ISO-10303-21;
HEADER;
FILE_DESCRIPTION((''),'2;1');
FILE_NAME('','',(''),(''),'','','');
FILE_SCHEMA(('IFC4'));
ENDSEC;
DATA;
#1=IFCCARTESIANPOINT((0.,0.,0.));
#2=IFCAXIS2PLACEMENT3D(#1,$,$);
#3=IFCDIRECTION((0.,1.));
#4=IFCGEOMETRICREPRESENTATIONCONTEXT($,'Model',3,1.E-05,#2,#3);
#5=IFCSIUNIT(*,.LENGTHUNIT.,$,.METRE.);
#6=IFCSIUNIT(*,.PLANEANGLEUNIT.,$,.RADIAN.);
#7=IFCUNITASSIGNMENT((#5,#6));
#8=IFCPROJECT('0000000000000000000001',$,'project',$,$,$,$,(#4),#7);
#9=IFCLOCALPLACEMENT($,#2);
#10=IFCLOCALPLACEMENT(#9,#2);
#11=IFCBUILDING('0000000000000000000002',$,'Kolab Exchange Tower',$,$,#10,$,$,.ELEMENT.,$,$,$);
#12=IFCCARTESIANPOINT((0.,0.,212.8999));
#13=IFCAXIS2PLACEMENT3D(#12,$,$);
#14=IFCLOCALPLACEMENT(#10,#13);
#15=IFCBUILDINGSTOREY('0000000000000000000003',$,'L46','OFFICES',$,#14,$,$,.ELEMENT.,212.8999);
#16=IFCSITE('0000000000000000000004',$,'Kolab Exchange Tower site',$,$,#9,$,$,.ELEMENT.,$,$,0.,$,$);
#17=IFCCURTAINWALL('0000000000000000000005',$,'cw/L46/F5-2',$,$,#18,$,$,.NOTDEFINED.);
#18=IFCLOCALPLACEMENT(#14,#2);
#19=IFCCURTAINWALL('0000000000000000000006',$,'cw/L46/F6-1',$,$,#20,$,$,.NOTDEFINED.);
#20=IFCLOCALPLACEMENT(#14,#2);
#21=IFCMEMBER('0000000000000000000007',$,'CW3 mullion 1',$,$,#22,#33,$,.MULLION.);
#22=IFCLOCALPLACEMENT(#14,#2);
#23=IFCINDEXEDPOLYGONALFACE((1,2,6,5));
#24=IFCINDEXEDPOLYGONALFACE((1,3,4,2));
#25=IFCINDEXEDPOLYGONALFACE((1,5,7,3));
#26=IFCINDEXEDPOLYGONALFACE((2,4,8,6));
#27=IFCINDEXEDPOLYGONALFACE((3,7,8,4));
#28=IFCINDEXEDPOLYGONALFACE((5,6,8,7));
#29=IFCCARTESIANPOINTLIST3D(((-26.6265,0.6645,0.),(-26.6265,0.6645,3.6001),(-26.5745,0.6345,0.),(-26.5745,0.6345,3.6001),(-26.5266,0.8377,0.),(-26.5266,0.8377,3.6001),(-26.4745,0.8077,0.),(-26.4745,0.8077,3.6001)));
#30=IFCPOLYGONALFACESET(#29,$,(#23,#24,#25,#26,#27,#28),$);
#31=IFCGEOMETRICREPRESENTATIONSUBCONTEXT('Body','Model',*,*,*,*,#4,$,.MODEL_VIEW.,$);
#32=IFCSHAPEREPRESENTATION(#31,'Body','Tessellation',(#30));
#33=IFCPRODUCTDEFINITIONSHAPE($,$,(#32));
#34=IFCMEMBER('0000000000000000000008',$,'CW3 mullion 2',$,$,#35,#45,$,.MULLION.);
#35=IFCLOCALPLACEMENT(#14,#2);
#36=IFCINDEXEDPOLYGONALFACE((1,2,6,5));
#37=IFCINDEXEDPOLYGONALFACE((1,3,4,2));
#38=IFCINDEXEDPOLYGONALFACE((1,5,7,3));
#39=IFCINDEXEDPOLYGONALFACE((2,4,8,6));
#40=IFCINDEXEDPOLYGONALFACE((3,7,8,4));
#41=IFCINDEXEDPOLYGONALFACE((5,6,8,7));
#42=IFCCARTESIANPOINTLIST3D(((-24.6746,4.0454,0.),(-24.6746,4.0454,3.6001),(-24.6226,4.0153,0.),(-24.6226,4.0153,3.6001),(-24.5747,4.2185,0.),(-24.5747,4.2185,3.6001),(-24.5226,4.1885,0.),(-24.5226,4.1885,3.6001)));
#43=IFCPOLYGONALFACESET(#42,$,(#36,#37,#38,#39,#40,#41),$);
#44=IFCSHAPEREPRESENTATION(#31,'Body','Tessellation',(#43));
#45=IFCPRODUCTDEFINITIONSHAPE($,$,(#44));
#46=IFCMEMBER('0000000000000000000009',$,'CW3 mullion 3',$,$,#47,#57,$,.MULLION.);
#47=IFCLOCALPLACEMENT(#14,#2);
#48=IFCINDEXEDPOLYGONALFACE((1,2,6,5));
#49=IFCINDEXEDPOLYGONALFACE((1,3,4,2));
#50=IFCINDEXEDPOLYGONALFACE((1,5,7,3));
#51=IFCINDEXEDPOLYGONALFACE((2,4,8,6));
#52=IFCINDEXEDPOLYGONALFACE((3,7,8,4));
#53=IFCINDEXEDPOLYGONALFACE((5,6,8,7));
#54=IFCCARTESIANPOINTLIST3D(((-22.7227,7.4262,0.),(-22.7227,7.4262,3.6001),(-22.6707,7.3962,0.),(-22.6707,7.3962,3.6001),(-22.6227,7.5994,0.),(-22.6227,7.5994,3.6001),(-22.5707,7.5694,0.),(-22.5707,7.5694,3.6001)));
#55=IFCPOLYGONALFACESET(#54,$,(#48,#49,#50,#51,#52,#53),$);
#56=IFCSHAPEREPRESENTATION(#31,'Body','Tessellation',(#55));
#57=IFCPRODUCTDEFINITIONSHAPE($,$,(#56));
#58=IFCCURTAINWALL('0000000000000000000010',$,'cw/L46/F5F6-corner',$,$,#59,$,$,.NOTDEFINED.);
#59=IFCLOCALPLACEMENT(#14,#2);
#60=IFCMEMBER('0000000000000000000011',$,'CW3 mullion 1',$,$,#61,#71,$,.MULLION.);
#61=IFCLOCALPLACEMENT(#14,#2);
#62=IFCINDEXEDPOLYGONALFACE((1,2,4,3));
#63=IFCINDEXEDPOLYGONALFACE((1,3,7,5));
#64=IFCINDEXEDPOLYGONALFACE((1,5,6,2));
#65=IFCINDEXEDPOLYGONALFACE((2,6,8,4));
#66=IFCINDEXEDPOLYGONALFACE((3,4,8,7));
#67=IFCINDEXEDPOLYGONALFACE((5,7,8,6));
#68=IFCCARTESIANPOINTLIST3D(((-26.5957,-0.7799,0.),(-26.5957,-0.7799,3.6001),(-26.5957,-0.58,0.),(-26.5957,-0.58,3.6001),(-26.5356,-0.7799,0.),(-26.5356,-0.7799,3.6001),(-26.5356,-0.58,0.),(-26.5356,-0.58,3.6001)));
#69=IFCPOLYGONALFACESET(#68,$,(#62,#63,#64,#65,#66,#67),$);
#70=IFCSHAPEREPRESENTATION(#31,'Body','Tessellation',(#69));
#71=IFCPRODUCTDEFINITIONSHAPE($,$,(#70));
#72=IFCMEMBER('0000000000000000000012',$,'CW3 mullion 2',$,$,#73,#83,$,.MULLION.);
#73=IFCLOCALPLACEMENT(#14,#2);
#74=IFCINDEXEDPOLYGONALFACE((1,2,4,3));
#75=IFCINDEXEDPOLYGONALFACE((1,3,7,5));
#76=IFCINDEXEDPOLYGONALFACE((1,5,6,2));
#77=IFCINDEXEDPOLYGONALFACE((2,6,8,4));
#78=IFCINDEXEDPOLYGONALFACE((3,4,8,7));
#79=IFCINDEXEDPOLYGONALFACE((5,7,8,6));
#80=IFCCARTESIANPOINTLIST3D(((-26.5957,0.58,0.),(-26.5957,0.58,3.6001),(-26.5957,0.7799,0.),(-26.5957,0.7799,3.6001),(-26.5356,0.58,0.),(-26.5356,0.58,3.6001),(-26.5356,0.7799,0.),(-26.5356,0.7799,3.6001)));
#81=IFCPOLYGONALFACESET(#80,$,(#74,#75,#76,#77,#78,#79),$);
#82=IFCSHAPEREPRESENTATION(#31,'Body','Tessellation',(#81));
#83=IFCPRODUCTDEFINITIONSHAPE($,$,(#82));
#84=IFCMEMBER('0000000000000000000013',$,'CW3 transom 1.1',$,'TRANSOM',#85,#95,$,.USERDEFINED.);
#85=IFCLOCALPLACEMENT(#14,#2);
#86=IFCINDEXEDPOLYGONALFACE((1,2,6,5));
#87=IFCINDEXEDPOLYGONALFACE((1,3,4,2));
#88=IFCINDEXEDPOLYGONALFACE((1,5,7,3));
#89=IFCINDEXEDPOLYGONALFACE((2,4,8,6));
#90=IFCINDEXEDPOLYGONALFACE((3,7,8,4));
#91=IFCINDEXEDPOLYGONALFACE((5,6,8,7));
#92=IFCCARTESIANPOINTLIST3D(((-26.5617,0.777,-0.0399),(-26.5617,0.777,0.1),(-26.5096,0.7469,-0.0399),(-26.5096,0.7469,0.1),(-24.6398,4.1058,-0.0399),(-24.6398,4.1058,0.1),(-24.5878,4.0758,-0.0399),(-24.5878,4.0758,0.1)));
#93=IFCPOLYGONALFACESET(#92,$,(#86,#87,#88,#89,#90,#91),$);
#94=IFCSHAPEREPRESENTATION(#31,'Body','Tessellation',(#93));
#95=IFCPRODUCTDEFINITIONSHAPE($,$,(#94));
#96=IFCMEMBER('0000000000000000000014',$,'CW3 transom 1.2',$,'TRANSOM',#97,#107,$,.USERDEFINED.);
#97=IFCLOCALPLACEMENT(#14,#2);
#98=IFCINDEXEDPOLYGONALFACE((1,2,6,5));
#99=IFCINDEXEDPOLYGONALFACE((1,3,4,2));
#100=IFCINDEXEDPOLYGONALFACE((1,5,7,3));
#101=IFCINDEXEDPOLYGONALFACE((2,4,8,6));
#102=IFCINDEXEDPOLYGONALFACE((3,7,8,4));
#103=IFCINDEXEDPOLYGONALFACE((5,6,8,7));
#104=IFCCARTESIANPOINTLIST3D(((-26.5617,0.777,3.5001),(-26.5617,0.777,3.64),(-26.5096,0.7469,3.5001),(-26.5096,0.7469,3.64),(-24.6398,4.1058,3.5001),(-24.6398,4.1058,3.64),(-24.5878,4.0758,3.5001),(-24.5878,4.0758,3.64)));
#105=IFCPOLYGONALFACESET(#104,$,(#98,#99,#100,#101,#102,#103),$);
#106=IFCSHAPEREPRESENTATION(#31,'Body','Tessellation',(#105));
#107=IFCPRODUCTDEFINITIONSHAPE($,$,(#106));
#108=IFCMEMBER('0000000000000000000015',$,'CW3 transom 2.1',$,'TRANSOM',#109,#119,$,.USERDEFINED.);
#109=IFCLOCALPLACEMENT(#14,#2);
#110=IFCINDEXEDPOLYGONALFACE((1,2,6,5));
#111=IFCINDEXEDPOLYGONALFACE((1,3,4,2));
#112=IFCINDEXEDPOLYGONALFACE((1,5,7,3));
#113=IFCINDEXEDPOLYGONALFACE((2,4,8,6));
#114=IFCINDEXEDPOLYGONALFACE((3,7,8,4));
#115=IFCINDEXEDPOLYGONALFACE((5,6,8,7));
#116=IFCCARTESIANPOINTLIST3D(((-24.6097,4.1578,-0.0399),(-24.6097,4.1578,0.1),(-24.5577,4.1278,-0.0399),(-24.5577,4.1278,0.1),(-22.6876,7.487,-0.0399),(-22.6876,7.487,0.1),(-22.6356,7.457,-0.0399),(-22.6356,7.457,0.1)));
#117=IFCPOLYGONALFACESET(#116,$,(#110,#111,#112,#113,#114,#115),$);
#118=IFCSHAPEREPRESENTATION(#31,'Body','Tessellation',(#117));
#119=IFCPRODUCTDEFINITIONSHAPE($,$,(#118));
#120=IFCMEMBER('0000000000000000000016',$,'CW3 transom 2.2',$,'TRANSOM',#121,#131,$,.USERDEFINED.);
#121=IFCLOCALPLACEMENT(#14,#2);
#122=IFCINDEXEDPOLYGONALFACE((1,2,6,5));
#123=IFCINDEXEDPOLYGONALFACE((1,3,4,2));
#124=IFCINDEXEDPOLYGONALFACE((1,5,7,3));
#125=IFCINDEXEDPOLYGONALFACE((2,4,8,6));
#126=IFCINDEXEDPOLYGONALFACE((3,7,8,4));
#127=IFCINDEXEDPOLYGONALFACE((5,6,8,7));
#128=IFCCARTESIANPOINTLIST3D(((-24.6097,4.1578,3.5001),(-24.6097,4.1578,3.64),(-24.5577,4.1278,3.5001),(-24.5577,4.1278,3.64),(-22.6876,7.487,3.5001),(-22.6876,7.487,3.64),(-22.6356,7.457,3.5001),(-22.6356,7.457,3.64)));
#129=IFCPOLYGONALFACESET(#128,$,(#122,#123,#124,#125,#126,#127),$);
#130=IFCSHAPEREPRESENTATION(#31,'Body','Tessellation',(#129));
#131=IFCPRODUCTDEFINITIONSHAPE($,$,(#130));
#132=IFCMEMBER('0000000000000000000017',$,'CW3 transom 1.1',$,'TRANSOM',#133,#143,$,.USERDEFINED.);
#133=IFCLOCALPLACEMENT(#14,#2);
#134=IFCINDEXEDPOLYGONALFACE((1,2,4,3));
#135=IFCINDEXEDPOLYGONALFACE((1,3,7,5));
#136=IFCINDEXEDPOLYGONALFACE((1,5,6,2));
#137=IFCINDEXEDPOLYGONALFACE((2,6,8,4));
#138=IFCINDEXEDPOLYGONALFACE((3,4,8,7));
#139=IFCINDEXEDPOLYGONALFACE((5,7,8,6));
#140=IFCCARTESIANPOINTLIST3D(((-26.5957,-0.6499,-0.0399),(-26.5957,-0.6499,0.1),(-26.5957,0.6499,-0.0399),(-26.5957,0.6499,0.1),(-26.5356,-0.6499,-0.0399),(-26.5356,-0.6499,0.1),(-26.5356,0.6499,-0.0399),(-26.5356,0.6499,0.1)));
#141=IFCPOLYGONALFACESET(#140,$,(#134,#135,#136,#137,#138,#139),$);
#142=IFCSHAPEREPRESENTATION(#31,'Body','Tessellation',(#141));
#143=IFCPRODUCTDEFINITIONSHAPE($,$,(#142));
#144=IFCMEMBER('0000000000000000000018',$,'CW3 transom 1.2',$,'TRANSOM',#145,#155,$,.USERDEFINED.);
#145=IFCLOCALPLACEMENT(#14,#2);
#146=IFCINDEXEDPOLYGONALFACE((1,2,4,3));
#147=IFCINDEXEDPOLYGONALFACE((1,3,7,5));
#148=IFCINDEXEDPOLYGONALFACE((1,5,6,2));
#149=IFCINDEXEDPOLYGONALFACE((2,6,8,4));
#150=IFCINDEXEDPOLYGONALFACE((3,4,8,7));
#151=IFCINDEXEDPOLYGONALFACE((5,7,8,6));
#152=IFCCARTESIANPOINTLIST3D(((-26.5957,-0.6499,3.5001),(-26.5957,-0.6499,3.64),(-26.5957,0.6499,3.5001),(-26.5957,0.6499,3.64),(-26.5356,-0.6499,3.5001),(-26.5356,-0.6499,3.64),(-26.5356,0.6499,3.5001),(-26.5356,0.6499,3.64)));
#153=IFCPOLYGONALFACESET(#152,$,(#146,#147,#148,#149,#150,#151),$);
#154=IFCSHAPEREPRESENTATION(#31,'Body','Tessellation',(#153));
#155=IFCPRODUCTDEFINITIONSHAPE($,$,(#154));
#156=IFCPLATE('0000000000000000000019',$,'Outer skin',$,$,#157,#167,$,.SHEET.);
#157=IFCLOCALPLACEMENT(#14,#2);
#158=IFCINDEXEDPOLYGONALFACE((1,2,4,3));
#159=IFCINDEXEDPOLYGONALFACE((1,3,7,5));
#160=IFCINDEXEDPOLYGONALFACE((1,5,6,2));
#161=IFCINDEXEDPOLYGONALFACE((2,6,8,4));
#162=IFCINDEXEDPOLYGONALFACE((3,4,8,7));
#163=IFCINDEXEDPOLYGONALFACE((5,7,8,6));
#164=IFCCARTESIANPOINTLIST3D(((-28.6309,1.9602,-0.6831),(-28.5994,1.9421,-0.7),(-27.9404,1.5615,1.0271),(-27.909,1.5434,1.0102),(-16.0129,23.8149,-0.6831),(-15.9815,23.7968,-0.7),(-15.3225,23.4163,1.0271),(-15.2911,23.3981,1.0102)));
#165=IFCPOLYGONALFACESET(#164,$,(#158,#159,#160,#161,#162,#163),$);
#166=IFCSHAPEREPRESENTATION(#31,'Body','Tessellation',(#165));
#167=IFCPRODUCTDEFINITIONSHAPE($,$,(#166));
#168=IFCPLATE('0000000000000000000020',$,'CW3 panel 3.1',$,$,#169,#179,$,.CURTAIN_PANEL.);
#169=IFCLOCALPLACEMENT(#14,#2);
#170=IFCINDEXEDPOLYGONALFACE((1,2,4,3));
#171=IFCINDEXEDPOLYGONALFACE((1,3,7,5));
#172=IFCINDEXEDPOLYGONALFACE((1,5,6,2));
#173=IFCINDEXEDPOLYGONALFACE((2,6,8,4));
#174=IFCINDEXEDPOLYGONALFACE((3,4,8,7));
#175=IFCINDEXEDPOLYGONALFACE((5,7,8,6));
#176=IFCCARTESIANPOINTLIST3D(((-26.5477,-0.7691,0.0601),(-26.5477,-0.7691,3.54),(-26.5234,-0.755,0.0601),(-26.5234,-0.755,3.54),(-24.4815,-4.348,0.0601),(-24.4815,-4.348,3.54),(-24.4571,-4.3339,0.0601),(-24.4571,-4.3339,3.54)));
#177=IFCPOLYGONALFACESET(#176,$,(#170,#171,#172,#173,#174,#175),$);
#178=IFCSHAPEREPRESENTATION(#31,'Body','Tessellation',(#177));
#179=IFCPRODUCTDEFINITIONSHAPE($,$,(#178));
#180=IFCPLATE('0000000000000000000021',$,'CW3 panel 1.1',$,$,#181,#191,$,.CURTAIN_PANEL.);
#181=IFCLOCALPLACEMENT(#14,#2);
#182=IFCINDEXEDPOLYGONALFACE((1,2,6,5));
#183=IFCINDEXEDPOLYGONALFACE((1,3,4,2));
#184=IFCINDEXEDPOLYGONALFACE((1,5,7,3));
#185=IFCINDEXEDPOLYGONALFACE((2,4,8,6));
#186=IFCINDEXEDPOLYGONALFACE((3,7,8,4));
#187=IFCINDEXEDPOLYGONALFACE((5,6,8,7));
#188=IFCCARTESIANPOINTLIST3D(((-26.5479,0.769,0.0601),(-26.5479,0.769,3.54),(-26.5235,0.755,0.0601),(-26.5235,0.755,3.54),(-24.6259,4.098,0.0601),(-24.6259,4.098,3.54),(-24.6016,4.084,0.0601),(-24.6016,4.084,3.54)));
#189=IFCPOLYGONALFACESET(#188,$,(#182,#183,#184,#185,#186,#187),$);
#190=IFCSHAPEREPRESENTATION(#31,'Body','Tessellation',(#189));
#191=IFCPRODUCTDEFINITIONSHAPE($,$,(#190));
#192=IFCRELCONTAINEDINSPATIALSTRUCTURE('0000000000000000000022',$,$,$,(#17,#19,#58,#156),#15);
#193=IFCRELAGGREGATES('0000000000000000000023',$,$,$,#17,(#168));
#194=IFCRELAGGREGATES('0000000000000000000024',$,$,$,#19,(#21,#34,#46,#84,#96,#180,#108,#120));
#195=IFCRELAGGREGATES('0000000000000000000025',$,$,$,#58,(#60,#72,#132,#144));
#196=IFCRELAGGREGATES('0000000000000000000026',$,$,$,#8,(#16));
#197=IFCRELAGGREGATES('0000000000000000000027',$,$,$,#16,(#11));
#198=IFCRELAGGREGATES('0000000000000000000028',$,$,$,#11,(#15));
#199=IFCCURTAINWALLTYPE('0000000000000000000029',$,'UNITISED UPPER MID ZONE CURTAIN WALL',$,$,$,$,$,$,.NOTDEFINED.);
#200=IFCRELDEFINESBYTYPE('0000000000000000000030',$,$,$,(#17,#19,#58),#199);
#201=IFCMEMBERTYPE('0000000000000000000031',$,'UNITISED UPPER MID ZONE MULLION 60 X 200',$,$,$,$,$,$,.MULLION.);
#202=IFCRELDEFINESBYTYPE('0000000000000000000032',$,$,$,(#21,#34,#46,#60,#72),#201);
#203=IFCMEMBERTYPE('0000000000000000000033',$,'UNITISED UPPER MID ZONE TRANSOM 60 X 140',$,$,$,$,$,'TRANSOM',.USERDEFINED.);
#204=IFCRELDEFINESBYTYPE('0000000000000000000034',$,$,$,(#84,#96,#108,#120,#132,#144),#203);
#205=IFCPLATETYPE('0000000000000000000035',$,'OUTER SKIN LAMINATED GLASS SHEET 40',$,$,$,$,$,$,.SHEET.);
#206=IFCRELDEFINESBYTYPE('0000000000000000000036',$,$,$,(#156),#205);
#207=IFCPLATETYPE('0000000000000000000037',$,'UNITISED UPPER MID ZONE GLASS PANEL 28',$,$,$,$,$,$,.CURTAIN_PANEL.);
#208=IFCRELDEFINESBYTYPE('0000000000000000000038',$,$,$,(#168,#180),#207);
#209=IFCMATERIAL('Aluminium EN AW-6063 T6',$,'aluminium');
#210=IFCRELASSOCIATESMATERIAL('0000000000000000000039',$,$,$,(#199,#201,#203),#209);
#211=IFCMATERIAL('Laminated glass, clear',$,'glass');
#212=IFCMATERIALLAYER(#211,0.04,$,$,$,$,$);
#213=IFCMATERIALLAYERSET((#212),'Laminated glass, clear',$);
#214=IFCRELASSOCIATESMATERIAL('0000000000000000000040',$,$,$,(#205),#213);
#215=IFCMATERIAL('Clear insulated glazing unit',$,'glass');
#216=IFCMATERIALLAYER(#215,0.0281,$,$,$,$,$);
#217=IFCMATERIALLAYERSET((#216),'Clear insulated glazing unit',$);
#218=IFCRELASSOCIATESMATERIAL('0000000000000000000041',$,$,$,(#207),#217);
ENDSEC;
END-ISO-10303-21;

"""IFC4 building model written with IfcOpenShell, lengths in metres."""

from ifc_helpers import new_model, si_unit, direction, frame, origin, origin_2d, place, context, subcontext, project, spatial, polyline, rectangle, outline, extrude, material, layer, layer_set, material_profile, profile_set, type_object, element, aggregate, save


model = new_model("IFC4")

# Units and contexts
model_context = context("Model", 3, precision=1e-05, world=origin(), true_north=direction((0.0, 1.0)))
body_context = subcontext(model_context, "Body", "Model", "MODEL_VIEW")
ifc_project = project(units=[si_unit("LENGTHUNIT", "METRE"), si_unit("PLANEANGLEUNIT", "RADIAN")], contexts=[model_context])

# Site, building, storey
site_placement = place(None, origin())
site = spatial("IfcSite", under=ifc_project, at=site_placement, Name="Kolab Exchange Tower site", CompositionType="ELEMENT", RefElevation=0.0)
building_placement = place(site_placement, origin())
building = spatial("IfcBuilding", under=site, at=building_placement, Name="Kolab Exchange Tower", CompositionType="ELEMENT")
storey_placement = place(building_placement, frame((0.0, 0.0, 212.8999)))
storey = spatial("IfcBuildingStorey", under=building, at=storey_placement, Name="L46", Description="OFFICES", CompositionType="ELEMENT", Elevation=212.8999)

# Curtain wall
ifc_material_1 = material(Name="Aluminium EN AW-6063 T6", Category="aluminium")
curtain_wall_type = type_object("IfcCurtainWallType", Name="UNITISED UPPER MID ZONE CURTAIN WALL", PredefinedType="NOTDEFINED", material=ifc_material_1)
curtain_wall_1_placement = place(storey_placement, origin())
curtain_wall_1 = element("IfcCurtainWall", 1, at=curtain_wall_1_placement, inside=storey, type_object=curtain_wall_type, Name="cw/L46/F5-2", PredefinedType="NOTDEFINED")
ifc_material_profile_1 = material_profile(ifc_material_1, rectangle(XDim=0.0601, YDim=0.2, at=origin_2d()), Name="RECT 60X200")
ifc_profile_set_1 = profile_set([ifc_material_profile_1], Name="Aluminium EN AW-6063 T6")
member_type_1 = type_object("IfcMemberType", Name="UNITISED UPPER MID ZONE MULLION 60 X 200", PredefinedType="MULLION", material=ifc_profile_set_1)

# Curtain walls, members
curtain_wall_2_placement = place(storey_placement, origin())
curtain_wall_2 = element("IfcCurtainWall", 2, at=curtain_wall_2_placement, inside=storey, type_object=curtain_wall_type, Name="cw/L46/F6-1", PredefinedType="NOTDEFINED")
member_1_placement = place(storey_placement, frame((-26.5505, 0.7361, 0.0), z_axis=(0.0, 0.0, 1.0), x_axis=(-0.866025, 0.5, 0.0)))
member_1 = element("IfcMember", 3, at=member_1_placement, type_object=member_type_1, Name="CW3 mullion 1", PredefinedType="MULLION", context=body_context, shape_type="SweptSolid", body=[
    extrude(rectangle(XDim=0.0601, YDim=0.2, at=origin_2d()), origin(), (0.0, 0.0, 1.0), 3.6001),
])
member_2_placement = place(storey_placement, frame((-24.5986, 4.1169, 0.0), z_axis=(0.0, 0.0, 1.0), x_axis=(-0.866025, 0.5, 0.0)))
member_2 = element("IfcMember", 4, at=member_2_placement, type_object=member_type_1, Name="CW3 mullion 2", PredefinedType="MULLION", context=body_context, shape_type="SweptSolid", body=[
    extrude(rectangle(XDim=0.0601, YDim=0.2, at=origin_2d()), origin(), (0.0, 0.0, 1.0), 3.6001),
])
member_3_placement = place(storey_placement, frame((-22.6467, 7.4978, 0.0), z_axis=(0.0, 0.0, 1.0), x_axis=(-0.866025, 0.5, 0.0)))
member_3 = element("IfcMember", 5, at=member_3_placement, type_object=member_type_1, Name="CW3 mullion 3", PredefinedType="MULLION", context=body_context, shape_type="SweptSolid", body=[
    extrude(rectangle(XDim=0.0601, YDim=0.2, at=origin_2d()), origin(), (0.0, 0.0, 1.0), 3.6001),
])
curtain_wall_3_placement = place(storey_placement, origin())
curtain_wall_3 = element("IfcCurtainWall", 6, at=curtain_wall_3_placement, inside=storey, type_object=curtain_wall_type, Name="cw/L46/F5F6-corner", PredefinedType="NOTDEFINED")
member_4_placement = place(storey_placement, frame((-26.5657, -0.6799, 0.0), z_axis=(0.0, 0.0, 1.0), x_axis=(-1.0, 0.0, 0.0)))
member_4 = element("IfcMember", 7, at=member_4_placement, type_object=member_type_1, Name="CW3 mullion 1", PredefinedType="MULLION", context=body_context, shape_type="SweptSolid", body=[
    extrude(rectangle(XDim=0.0601, YDim=0.2, at=origin_2d()), origin(), (0.0, 0.0, 1.0), 3.6001),
])
member_5_placement = place(storey_placement, frame((-26.5657, 0.6799, 0.0), z_axis=(0.0, 0.0, 1.0), x_axis=(-1.0, 0.0, 0.0)))
member_5 = element("IfcMember", 8, at=member_5_placement, type_object=member_type_1, Name="CW3 mullion 2", PredefinedType="MULLION", context=body_context, shape_type="SweptSolid", body=[
    extrude(rectangle(XDim=0.0601, YDim=0.2, at=origin_2d()), origin(), (0.0, 0.0, 1.0), 3.6001),
])

# Members
ifc_material_profile_2 = material_profile(ifc_material_1, rectangle(XDim=0.0601, YDim=0.1399, at=origin_2d()), Name="RECT 60X140")
ifc_profile_set_2 = profile_set([ifc_material_profile_2], Name="Aluminium EN AW-6063 T6")
member_type_2 = type_object("IfcMemberType", Name="UNITISED UPPER MID ZONE TRANSOM 60 X 140", ElementType="TRANSOM", PredefinedType="USERDEFINED", material=ifc_profile_set_2)
member_6_placement = place(storey_placement, frame((-26.5356, 0.762, 0.03), z_axis=(0.499992, 0.86603, 0.0), x_axis=(-0.86603, 0.499992, 0.0)))
member_6 = element("IfcMember", 9, at=member_6_placement, type_object=member_type_2, Name="CW3 transom 1.1", ObjectType="TRANSOM", PredefinedType="USERDEFINED", context=body_context, shape_type="SweptSolid", body=[
    extrude(rectangle(XDim=0.0601, YDim=0.1399, at=origin_2d()), origin(), (0.0, 0.0, 1.0), 3.8438),
])
member_7_placement = place(storey_placement, frame((-26.5356, 0.762, 3.5701), z_axis=(0.499992, 0.86603, 0.0), x_axis=(-0.86603, 0.499992, 0.0)))
member_7 = element("IfcMember", 10, at=member_7_placement, type_object=member_type_2, Name="CW3 transom 1.2", ObjectType="TRANSOM", PredefinedType="USERDEFINED", context=body_context, shape_type="SweptSolid", body=[
    extrude(rectangle(XDim=0.0601, YDim=0.1399, at=origin_2d()), origin(), (0.0, 0.0, 1.0), 3.8438),
])
member_8_placement = place(storey_placement, frame((-24.5837, 4.1428, 0.03), z_axis=(0.500012, 0.866018, 0.0), x_axis=(-0.866018, 0.500012, 0.0)))
member_8 = element("IfcMember", 11, at=member_8_placement, type_object=member_type_2, Name="CW3 transom 2.1", ObjectType="TRANSOM", PredefinedType="USERDEFINED", context=body_context, shape_type="SweptSolid", body=[
    extrude(rectangle(XDim=0.0601, YDim=0.1399, at=origin_2d()), origin(), (0.0, 0.0, 1.0), 3.8442),
])
member_9_placement = place(storey_placement, frame((-24.5837, 4.1428, 3.5701), z_axis=(0.500012, 0.866018, 0.0), x_axis=(-0.866018, 0.500012, 0.0)))
member_9 = element("IfcMember", 12, at=member_9_placement, type_object=member_type_2, Name="CW3 transom 2.2", ObjectType="TRANSOM", PredefinedType="USERDEFINED", context=body_context, shape_type="SweptSolid", body=[
    extrude(rectangle(XDim=0.0601, YDim=0.1399, at=origin_2d()), origin(), (0.0, 0.0, 1.0), 3.8442),
])
member_10_placement = place(storey_placement, frame((-26.5657, -0.6499, 0.03), z_axis=(0.0, 1.0, 0.0), x_axis=(-1.0, 0.0, 0.0)))
member_10 = element("IfcMember", 13, at=member_10_placement, type_object=member_type_2, Name="CW3 transom 1.1", ObjectType="TRANSOM", PredefinedType="USERDEFINED", context=body_context, shape_type="SweptSolid", body=[
    extrude(rectangle(XDim=0.0601, YDim=0.1399, at=origin_2d()), origin(), (0.0, 0.0, 1.0), 1.2998),
])
member_11_placement = place(storey_placement, frame((-26.5657, -0.6499, 3.5701), z_axis=(0.0, 1.0, 0.0), x_axis=(-1.0, 0.0, 0.0)))
member_11 = element("IfcMember", 14, at=member_11_placement, type_object=member_type_2, Name="CW3 transom 1.2", ObjectType="TRANSOM", PredefinedType="USERDEFINED", context=body_context, shape_type="SweptSolid", body=[
    extrude(rectangle(XDim=0.0601, YDim=0.1399, at=origin_2d()), origin(), (0.0, 0.0, 1.0), 1.2998),
])

# Plates
ifc_material_2 = material(Name="Laminated glass, clear", Category="glass")
ifc_layer_1 = layer(ifc_material_2, 0.04)
ifc_layer_set_1 = layer_set([ifc_layer_1], Name="Laminated glass, clear")
plate_type_1 = type_object("IfcPlateType", Name="OUTER SKIN LAMINATED GLASS SHEET 40", PredefinedType="SHEET", material=ifc_layer_set_1)
plate_1_placement = place(storey_placement, frame((-28.6309, 1.9602, -0.6831), z_axis=(-0.784921, 0.453178, 0.422526), x_axis=(0.500002, 0.866024, 0.0)))
element("IfcPlate", 15, at=plate_1_placement, inside=storey, type_object=plate_type_1, Name="Outer skin", PredefinedType="SHEET", context=body_context, shape_type="SweptSolid", body=[
    extrude(outline(polyline([(0.0, 0.0), (25.2357, 0.0), (25.2357, -1.8869), (-0.0001, -1.8869), (0.0, 0.0)])), origin(), (0.0, 0.0, -1.0), 0.04),
])
ifc_material_3 = material(Name="Clear insulated glazing unit", Category="glass")
ifc_layer_2 = layer(ifc_material_3, 0.0281)
ifc_layer_set_2 = layer_set([ifc_layer_2], Name="Clear insulated glazing unit")
plate_type_2 = type_object("IfcPlateType", Name="UNITISED UPPER MID ZONE GLASS PANEL 28", PredefinedType="CURTAIN_PANEL", material=ifc_layer_set_2)
plate_2_placement = place(storey_placement, frame((-25.5024, -2.5515, 0.0601), z_axis=(0.0, 0.0, 1.0), x_axis=(-0.5, 0.866025, 0.0)))
plate_2 = element("IfcPlate", 16, at=plate_2_placement, type_object=plate_type_2, Name="CW3 panel 3.1", PredefinedType="CURTAIN_PANEL", context=body_context, shape_type="SweptSolid", body=[
    extrude(rectangle(XDim=4.1326, YDim=0.0281, at=origin_2d()), origin(), (0.0, 0.0, 1.0), 3.48),
])
aggregate(curtain_wall_1, [plate_2])
plate_3_placement = place(storey_placement, frame((-25.5747, 2.4265, 0.0601), z_axis=(0.0, 0.0, 1.0), x_axis=(0.5, 0.866025, 0.0)))
plate_3 = element("IfcPlate", 17, at=plate_3_placement, type_object=plate_type_2, Name="CW3 panel 1.1", PredefinedType="CURTAIN_PANEL", context=body_context, shape_type="SweptSolid", body=[
    extrude(rectangle(XDim=3.844, YDim=0.0281, at=origin_2d()), origin(), (0.0, 0.0, 1.0), 3.48),
])
aggregate(curtain_wall_2, [member_1, member_2, member_3, member_6, member_7, plate_3, member_8, member_9])
aggregate(curtain_wall_3, [member_4, member_5, member_10, member_11])

save(model, "model.ifc")
